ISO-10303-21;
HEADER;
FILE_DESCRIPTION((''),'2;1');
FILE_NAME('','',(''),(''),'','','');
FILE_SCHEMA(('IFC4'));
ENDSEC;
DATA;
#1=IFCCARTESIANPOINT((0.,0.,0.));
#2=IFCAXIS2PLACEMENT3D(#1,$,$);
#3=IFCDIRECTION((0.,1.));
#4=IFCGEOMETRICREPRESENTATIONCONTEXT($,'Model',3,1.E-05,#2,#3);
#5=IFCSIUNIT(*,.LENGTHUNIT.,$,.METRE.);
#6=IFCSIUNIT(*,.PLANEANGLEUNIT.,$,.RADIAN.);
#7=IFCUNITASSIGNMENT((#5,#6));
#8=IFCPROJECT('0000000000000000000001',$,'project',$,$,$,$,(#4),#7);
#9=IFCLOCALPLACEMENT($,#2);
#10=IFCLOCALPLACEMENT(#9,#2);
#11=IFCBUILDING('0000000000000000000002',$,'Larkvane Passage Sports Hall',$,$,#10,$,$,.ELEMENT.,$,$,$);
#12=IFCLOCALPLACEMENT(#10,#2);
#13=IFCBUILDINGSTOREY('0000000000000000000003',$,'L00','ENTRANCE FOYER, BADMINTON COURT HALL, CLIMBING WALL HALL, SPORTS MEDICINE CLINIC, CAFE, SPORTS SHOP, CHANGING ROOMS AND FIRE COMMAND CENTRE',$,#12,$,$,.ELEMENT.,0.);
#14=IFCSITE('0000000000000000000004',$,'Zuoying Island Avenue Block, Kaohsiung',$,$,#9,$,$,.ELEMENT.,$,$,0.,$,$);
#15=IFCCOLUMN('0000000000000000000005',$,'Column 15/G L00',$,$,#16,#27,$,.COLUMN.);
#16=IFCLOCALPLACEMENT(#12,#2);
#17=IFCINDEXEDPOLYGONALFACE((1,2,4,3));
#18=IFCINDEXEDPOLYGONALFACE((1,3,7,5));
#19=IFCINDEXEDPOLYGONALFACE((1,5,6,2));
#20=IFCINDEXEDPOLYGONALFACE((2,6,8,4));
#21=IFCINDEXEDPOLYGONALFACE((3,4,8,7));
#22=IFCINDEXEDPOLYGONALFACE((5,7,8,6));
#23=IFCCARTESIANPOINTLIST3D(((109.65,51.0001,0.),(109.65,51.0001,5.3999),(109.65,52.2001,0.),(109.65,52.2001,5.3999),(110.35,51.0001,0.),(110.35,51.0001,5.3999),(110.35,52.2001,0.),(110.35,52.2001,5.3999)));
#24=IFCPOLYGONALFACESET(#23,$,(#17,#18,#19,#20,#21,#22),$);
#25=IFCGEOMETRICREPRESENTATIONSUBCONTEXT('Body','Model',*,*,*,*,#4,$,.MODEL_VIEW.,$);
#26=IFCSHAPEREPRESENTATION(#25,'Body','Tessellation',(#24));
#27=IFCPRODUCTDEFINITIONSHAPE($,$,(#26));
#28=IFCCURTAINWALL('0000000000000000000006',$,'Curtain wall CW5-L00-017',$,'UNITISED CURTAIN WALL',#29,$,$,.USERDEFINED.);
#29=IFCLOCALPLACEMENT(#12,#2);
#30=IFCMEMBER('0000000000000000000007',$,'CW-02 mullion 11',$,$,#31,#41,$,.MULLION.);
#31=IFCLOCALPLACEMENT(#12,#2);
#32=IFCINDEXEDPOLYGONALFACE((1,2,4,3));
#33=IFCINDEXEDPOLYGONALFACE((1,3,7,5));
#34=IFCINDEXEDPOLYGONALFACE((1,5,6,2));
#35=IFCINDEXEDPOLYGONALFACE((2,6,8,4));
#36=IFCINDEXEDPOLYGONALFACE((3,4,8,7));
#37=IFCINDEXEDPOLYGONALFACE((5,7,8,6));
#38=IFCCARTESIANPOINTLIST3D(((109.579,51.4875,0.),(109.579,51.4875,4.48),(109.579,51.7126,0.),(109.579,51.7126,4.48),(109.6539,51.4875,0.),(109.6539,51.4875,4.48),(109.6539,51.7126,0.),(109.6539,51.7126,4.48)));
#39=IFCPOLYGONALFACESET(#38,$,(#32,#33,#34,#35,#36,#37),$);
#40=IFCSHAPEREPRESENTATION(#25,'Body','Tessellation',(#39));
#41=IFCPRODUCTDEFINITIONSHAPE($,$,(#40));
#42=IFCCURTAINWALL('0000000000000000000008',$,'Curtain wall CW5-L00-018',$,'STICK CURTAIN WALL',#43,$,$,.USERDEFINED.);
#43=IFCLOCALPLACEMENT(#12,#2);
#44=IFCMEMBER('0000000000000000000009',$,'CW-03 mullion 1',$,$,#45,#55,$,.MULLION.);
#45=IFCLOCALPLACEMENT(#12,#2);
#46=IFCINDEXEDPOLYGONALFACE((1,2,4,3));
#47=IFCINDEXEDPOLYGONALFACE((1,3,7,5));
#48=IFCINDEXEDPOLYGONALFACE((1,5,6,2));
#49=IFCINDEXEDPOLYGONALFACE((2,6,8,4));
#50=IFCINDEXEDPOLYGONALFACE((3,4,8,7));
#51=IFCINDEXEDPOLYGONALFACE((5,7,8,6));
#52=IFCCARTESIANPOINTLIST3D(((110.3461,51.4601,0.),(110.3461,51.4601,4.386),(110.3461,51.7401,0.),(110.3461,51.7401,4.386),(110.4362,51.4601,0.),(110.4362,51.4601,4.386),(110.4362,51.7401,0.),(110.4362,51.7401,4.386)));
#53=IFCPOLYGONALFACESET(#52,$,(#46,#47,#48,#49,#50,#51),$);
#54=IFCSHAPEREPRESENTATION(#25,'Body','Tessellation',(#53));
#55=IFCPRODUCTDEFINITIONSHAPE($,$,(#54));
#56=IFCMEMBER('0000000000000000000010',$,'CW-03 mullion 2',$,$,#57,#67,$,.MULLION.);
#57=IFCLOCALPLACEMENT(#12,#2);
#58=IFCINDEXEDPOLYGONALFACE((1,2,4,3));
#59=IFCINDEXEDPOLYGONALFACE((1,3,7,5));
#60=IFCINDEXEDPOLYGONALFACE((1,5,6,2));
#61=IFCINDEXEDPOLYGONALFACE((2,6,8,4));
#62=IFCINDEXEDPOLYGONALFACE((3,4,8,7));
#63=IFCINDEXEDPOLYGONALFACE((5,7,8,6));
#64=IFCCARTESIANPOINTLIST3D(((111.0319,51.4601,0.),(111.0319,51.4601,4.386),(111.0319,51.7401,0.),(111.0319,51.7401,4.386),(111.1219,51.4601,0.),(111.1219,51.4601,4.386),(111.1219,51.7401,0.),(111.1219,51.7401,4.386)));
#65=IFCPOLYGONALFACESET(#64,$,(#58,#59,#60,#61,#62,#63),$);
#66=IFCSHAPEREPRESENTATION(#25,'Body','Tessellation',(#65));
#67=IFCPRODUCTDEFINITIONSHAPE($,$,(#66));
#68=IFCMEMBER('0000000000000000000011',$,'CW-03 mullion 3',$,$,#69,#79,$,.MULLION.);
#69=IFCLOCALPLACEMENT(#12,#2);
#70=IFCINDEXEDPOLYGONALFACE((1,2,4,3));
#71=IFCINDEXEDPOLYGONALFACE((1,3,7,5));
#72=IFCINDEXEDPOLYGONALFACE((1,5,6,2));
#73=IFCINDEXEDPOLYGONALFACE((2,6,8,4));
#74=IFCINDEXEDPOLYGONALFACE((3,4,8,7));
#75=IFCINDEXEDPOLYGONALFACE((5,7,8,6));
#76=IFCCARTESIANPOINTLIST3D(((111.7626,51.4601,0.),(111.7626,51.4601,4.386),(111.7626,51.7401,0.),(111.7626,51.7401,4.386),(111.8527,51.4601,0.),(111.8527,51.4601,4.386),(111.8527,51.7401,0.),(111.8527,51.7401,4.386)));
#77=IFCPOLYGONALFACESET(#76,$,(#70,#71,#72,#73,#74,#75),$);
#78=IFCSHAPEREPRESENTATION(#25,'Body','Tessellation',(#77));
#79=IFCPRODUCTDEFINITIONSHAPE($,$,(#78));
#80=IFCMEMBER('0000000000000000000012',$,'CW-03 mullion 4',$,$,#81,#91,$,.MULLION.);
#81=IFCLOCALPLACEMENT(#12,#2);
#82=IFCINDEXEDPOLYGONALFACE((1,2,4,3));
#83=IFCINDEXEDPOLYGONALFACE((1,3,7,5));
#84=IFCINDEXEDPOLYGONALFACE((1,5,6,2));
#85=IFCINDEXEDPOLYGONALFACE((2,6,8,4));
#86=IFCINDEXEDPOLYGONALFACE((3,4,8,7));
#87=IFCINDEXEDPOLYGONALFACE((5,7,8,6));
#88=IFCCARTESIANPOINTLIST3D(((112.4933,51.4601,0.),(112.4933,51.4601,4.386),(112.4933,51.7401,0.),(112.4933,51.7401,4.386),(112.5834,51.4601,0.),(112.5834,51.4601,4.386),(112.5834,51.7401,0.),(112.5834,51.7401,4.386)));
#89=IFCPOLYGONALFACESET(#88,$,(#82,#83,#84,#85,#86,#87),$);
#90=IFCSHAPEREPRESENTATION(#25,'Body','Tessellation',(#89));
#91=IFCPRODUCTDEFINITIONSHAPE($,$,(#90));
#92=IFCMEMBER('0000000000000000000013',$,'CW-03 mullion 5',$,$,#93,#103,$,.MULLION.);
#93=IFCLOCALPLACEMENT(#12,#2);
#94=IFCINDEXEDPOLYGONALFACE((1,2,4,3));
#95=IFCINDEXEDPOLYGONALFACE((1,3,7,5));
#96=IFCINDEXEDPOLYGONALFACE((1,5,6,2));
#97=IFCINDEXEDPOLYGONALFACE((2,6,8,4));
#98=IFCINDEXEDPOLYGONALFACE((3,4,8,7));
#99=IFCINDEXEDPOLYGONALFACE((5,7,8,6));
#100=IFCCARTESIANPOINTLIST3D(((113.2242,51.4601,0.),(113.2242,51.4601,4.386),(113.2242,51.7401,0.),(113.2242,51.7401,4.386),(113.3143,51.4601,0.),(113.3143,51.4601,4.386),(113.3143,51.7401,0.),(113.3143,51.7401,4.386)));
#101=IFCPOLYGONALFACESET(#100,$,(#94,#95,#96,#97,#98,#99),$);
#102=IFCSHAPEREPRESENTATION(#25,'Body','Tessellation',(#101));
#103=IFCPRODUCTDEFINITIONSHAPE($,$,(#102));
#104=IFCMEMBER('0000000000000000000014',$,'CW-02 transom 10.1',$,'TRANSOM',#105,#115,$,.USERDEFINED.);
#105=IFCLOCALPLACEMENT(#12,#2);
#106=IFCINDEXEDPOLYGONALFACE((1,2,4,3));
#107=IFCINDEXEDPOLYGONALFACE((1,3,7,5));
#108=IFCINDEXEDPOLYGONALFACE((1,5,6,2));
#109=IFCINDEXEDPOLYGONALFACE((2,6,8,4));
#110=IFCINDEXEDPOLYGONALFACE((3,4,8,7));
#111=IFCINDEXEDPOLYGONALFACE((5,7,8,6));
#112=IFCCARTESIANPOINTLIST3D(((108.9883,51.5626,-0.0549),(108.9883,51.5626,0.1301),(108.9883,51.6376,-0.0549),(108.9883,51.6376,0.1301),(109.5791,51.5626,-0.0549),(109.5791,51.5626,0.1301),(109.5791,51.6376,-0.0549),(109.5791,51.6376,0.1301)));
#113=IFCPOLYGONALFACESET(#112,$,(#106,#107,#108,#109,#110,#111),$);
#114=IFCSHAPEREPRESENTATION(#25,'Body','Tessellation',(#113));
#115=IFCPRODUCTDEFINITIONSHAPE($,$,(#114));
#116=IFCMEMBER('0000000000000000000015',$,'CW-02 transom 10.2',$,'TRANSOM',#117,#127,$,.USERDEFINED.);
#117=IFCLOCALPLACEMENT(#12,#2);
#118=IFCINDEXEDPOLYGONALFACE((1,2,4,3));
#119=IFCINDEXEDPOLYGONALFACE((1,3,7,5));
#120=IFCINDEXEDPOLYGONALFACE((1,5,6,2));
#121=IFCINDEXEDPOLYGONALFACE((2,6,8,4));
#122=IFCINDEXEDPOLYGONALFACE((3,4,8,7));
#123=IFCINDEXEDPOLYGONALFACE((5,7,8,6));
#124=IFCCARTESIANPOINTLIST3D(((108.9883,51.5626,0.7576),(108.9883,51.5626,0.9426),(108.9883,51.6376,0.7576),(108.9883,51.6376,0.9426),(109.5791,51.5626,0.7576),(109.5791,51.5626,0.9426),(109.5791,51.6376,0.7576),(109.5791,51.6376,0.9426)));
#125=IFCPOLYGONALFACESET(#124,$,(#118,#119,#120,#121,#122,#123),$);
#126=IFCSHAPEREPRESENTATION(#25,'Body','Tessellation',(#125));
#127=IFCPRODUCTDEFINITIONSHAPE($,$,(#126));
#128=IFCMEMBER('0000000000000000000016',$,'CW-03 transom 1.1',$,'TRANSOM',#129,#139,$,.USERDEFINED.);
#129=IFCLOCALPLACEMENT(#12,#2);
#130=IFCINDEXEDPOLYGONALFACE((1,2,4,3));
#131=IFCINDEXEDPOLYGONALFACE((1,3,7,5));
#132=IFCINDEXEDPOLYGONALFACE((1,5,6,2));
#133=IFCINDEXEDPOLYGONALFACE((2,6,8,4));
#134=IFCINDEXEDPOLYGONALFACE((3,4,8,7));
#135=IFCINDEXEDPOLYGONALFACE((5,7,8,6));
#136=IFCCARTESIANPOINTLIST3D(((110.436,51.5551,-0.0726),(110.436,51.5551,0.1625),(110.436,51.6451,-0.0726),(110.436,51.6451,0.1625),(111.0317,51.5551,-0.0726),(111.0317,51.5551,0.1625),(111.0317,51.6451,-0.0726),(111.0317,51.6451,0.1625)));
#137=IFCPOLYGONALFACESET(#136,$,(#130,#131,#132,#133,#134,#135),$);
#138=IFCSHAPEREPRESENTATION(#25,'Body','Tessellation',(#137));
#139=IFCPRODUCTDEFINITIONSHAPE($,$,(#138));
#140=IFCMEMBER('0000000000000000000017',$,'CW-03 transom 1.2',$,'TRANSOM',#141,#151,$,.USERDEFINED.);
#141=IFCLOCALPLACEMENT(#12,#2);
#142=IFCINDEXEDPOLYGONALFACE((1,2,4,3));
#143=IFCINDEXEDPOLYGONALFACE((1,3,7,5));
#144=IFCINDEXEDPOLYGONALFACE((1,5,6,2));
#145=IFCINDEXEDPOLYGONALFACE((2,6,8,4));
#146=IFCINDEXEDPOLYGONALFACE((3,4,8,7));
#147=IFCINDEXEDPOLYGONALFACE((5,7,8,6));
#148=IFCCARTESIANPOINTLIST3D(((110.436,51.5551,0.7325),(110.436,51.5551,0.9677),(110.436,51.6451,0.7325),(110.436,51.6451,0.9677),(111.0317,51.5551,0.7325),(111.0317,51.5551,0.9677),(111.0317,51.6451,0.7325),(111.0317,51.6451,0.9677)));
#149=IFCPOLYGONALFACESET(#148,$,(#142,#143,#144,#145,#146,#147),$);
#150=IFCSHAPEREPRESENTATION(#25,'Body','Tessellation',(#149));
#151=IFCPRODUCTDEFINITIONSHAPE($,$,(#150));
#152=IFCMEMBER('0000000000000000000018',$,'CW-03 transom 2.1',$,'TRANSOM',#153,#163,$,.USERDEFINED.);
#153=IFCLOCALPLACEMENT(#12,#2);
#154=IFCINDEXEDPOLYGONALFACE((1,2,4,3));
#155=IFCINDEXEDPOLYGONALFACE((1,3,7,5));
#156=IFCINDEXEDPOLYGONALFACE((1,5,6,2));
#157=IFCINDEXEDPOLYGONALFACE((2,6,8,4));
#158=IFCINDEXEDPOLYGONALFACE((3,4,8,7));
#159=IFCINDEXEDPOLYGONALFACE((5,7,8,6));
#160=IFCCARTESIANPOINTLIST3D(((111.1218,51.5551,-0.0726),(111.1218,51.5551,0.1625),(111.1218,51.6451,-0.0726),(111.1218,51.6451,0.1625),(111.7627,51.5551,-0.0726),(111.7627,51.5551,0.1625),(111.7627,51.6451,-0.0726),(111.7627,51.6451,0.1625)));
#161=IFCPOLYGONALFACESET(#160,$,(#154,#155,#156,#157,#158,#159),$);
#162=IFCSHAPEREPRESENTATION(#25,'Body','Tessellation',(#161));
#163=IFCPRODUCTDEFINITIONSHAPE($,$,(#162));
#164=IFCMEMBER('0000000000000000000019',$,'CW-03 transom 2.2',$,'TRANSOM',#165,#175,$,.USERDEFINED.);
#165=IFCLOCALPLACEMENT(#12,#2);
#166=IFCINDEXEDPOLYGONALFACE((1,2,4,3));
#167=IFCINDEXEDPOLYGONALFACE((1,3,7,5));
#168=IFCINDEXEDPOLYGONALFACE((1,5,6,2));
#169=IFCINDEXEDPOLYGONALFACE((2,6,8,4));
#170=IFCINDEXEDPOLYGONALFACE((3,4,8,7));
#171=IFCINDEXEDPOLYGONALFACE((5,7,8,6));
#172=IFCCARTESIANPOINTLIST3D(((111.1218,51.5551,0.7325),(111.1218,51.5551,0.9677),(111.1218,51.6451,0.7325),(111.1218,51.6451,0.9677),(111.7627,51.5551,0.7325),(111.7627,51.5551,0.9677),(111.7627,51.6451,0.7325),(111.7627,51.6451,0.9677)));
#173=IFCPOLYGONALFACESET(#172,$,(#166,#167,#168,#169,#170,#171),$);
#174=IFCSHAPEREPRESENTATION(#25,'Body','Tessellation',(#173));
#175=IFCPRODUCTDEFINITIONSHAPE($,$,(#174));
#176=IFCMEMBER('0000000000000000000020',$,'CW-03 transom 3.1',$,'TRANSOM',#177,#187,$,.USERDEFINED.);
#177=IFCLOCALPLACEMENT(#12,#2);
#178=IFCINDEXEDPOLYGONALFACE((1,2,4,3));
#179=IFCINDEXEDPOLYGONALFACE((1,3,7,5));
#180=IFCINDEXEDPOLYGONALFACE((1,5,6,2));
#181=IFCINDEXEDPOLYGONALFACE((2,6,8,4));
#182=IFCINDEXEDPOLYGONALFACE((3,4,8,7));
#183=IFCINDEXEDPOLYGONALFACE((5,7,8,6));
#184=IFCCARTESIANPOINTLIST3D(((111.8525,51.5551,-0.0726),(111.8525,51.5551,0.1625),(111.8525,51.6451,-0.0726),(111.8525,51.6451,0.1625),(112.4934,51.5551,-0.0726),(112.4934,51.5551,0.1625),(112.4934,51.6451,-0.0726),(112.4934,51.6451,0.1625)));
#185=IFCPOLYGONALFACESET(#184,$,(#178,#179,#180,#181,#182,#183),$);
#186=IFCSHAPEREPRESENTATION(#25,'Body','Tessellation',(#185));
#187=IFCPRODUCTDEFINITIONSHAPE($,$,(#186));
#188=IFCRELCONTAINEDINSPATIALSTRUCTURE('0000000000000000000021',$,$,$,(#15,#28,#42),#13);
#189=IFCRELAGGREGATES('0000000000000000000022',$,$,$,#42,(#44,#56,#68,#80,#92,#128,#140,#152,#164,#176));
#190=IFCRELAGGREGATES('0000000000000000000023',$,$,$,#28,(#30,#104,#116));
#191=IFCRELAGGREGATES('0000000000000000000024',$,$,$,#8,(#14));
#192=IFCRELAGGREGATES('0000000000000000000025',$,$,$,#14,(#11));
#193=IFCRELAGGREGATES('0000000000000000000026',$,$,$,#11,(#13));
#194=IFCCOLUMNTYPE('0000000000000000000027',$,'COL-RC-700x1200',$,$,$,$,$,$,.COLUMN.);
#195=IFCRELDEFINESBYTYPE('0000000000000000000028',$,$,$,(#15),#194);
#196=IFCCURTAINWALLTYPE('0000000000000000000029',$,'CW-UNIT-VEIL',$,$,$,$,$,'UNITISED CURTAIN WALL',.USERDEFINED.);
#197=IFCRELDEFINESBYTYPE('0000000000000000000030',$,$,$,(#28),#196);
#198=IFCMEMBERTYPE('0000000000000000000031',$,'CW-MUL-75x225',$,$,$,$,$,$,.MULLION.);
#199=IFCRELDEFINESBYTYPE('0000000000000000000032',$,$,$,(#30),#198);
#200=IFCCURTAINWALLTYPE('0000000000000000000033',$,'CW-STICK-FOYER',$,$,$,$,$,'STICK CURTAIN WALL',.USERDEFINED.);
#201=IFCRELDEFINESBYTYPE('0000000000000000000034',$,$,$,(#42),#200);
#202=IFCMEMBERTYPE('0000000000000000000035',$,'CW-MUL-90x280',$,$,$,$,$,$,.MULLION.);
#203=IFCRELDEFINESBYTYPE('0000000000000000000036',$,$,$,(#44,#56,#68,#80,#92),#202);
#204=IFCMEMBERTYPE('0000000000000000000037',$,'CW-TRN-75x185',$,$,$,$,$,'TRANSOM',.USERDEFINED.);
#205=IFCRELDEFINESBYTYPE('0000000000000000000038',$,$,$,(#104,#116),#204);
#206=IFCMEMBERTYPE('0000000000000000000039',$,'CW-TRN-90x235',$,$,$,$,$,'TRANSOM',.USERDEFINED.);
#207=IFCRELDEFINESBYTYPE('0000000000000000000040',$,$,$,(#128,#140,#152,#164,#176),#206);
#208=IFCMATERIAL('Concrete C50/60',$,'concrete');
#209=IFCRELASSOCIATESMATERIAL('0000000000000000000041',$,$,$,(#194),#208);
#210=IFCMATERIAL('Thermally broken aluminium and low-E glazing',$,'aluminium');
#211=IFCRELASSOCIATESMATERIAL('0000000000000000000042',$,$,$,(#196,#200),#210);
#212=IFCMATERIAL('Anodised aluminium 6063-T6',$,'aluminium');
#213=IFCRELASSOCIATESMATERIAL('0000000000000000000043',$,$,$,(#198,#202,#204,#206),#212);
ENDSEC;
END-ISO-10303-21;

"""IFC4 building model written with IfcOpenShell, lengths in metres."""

from ifc_helpers import new_model, si_unit, direction, frame, origin, origin_2d, place, context, subcontext, project, spatial, rectangle, extrude, material, material_profile, profile_set, type_object, element, aggregate, save


model = new_model("IFC4")

# Units and contexts
model_context = context("Model", 3, precision=1e-05, world=origin(), true_north=direction((0.0, 1.0)))
body_context = subcontext(model_context, "Body", "Model", "MODEL_VIEW")
ifc_project = project(units=[si_unit("LENGTHUNIT", "METRE"), si_unit("PLANEANGLEUNIT", "RADIAN")], contexts=[model_context])

# Site, building, storey
site_placement = place(None, origin())
site = spatial("IfcSite", under=ifc_project, at=site_placement, Name="Zuoying Island Avenue Block, Kaohsiung", CompositionType="ELEMENT", RefElevation=0.0)
building_placement = place(site_placement, origin())
building = spatial("IfcBuilding", under=site, at=building_placement, Name="Larkvane Passage Sports Hall", CompositionType="ELEMENT")
storey_placement = place(building_placement, origin())
storey = spatial("IfcBuildingStorey", under=building, at=storey_placement, Name="L00", Description="ENTRANCE FOYER, BADMINTON COURT HALL, CLIMBING WALL HALL, SPORTS MEDICINE CLINIC, CAFE, SPORTS SHOP, CHANGING ROOMS AND FIRE COMMAND CENTRE", CompositionType="ELEMENT", Elevation=0.0)

# Column
ifc_material_1 = material(Name="Concrete C50/60", Category="concrete")
ifc_material_profile_1 = material_profile(ifc_material_1, rectangle(XDim=0.7, YDim=1.2, at=origin_2d()), Name="RC-COL-700x1200")
ifc_profile_set_1 = profile_set([ifc_material_profile_1], Name="Concrete C50/60")
column_type = type_object("IfcColumnType", Name="COL-RC-700x1200", PredefinedType="COLUMN", material=ifc_profile_set_1)
column_placement = place(storey_placement, frame((110.0, 51.6001, 0.0), z_axis=(0.0, 0.0, 1.0), x_axis=(1.0, 0.0, 0.0)))
element("IfcColumn", 1, at=column_placement, inside=storey, type_object=column_type, Name="Column 15/G L00", PredefinedType="COLUMN", context=body_context, shape_type="SweptSolid", body=[
    extrude(rectangle(XDim=0.7, YDim=1.2, at=origin_2d()), origin(), (0.0, 0.0, 1.0), 5.3999),
])

# Curtain wall, member
ifc_material_2 = material(Name="Thermally broken aluminium and low-E glazing", Category="aluminium")
curtain_wall_type_1 = type_object("IfcCurtainWallType", Name="CW-UNIT-VEIL", ElementType="UNITISED CURTAIN WALL", PredefinedType="USERDEFINED", material=ifc_material_2)
curtain_wall_1_placement = place(storey_placement, origin())
curtain_wall_1 = element("IfcCurtainWall", 2, at=curtain_wall_1_placement, inside=storey, type_object=curtain_wall_type_1, Name="Curtain wall CW5-L00-017", ObjectType="UNITISED CURTAIN WALL", PredefinedType="USERDEFINED")
ifc_material_3 = material(Name="Anodised aluminium 6063-T6", Category="aluminium")
ifc_material_profile_2 = material_profile(ifc_material_3, rectangle(XDim=0.075, YDim=0.2251, at=origin_2d()), Name="ALU-MUL-75x225")
ifc_profile_set_2 = profile_set([ifc_material_profile_2], Name="Anodised aluminium 6063-T6")
member_type_1 = type_object("IfcMemberType", Name="CW-MUL-75x225", PredefinedType="MULLION", material=ifc_profile_set_2)
member_1_placement = place(storey_placement, frame((109.6165, 51.6001, 0.0), z_axis=(0.0, 0.0, 1.0), x_axis=(1.0, 0.0, 0.0)))
member_1 = element("IfcMember", 3, at=member_1_placement, type_object=member_type_1, Name="CW-02 mullion 11", PredefinedType="MULLION", context=body_context, shape_type="SweptSolid", body=[
    extrude(rectangle(XDim=0.075, YDim=0.2251, at=origin_2d()), origin(), (0.0, 0.0, 1.0), 4.48),
])

# Curtain wall, members
curtain_wall_type_2 = type_object("IfcCurtainWallType", Name="CW-STICK-FOYER", ElementType="STICK CURTAIN WALL", PredefinedType="USERDEFINED", material=ifc_material_2)
curtain_wall_2_placement = place(storey_placement, origin())
curtain_wall_2 = element("IfcCurtainWall", 4, at=curtain_wall_2_placement, inside=storey, type_object=curtain_wall_type_2, Name="Curtain wall CW5-L00-018", ObjectType="STICK CURTAIN WALL", PredefinedType="USERDEFINED")
ifc_material_profile_3 = material_profile(ifc_material_3, rectangle(XDim=0.0901, YDim=0.28, at=origin_2d()), Name="ALU-MUL-90x280")
ifc_profile_set_3 = profile_set([ifc_material_profile_3], Name="Anodised aluminium 6063-T6")
member_type_2 = type_object("IfcMemberType", Name="CW-MUL-90x280", PredefinedType="MULLION", material=ifc_profile_set_3)
member_2_placement = place(storey_placement, frame((110.3911, 51.6001, 0.0), z_axis=(0.0, 0.0, 1.0), x_axis=(1.0, 0.0, 0.0)))
member_2 = element("IfcMember", 5, at=member_2_placement, type_object=member_type_2, Name="CW-03 mullion 1", PredefinedType="MULLION", context=body_context, shape_type="SweptSolid", body=[
    extrude(rectangle(XDim=0.0901, YDim=0.28, at=origin_2d()), origin(), (0.0, 0.0, 1.0), 4.386),
])
member_3_placement = place(storey_placement, frame((111.0769, 51.6001, 0.0), z_axis=(0.0, 0.0, 1.0), x_axis=(1.0, 0.0, 0.0)))
member_3 = element("IfcMember", 6, at=member_3_placement, type_object=member_type_2, Name="CW-03 mullion 2", PredefinedType="MULLION", context=body_context, shape_type="SweptSolid", body=[
    extrude(rectangle(XDim=0.0901, YDim=0.28, at=origin_2d()), origin(), (0.0, 0.0, 1.0), 4.386),
])
member_4_placement = place(storey_placement, frame((111.8076, 51.6001, 0.0), z_axis=(0.0, 0.0, 1.0), x_axis=(1.0, 0.0, 0.0)))
member_4 = element("IfcMember", 7, at=member_4_placement, type_object=member_type_2, Name="CW-03 mullion 3", PredefinedType="MULLION", context=body_context, shape_type="SweptSolid", body=[
    extrude(rectangle(XDim=0.0901, YDim=0.28, at=origin_2d()), origin(), (0.0, 0.0, 1.0), 4.386),
])
member_5_placement = place(storey_placement, frame((112.5383, 51.6001, 0.0), z_axis=(0.0, 0.0, 1.0), x_axis=(1.0, 0.0, 0.0)))
member_5 = element("IfcMember", 8, at=member_5_placement, type_object=member_type_2, Name="CW-03 mullion 4", PredefinedType="MULLION", context=body_context, shape_type="SweptSolid", body=[
    extrude(rectangle(XDim=0.0901, YDim=0.28, at=origin_2d()), origin(), (0.0, 0.0, 1.0), 4.386),
])
member_6_placement = place(storey_placement, frame((113.2693, 51.6001, 0.0), z_axis=(0.0, 0.0, 1.0), x_axis=(1.0, 0.0, 0.0)))
member_6 = element("IfcMember", 9, at=member_6_placement, type_object=member_type_2, Name="CW-03 mullion 5", PredefinedType="MULLION", context=body_context, shape_type="SweptSolid", body=[
    extrude(rectangle(XDim=0.0901, YDim=0.28, at=origin_2d()), origin(), (0.0, 0.0, 1.0), 4.386),
])

# Members
ifc_material_profile_4 = material_profile(ifc_material_3, rectangle(XDim=0.075, YDim=0.1851, at=origin_2d()), Name="ALU-TRN-75x185")
ifc_profile_set_4 = profile_set([ifc_material_profile_4], Name="Anodised aluminium 6063-T6")
member_type_3 = type_object("IfcMemberType", Name="CW-TRN-75x185", ElementType="TRANSOM", PredefinedType="USERDEFINED", material=ifc_profile_set_4)
member_7_placement = place(storey_placement, frame((108.9883, 51.6001, 0.0376), z_axis=(1.0, 0.0, 0.0), x_axis=(0.0, 1.0, 0.0)))
member_7 = element("IfcMember", 10, at=member_7_placement, type_object=member_type_3, Name="CW-02 transom 10.1", ObjectType="TRANSOM", PredefinedType="USERDEFINED", context=body_context, shape_type="SweptSolid", body=[
    extrude(rectangle(XDim=0.075, YDim=0.1851, at=origin_2d()), origin(), (0.0, 0.0, 1.0), 0.5908),
])
member_8_placement = place(storey_placement, frame((108.9883, 51.6001, 0.8501), z_axis=(1.0, 0.0, 0.0), x_axis=(0.0, 1.0, 0.0)))
member_8 = element("IfcMember", 11, at=member_8_placement, type_object=member_type_3, Name="CW-02 transom 10.2", ObjectType="TRANSOM", PredefinedType="USERDEFINED", context=body_context, shape_type="SweptSolid", body=[
    extrude(rectangle(XDim=0.075, YDim=0.1851, at=origin_2d()), origin(), (0.0, 0.0, 1.0), 0.5908),
])
ifc_material_profile_5 = material_profile(ifc_material_3, rectangle(XDim=0.0901, YDim=0.2351, at=origin_2d()), Name="ALU-TRN-90x235")
ifc_profile_set_5 = profile_set([ifc_material_profile_5], Name="Anodised aluminium 6063-T6")
member_type_4 = type_object("IfcMemberType", Name="CW-TRN-90x235", ElementType="TRANSOM", PredefinedType="USERDEFINED", material=ifc_profile_set_5)
member_9_placement = place(storey_placement, frame((110.436, 51.6001, 0.0449), z_axis=(1.0, 0.0, 0.0), x_axis=(0.0, 1.0, 0.0)))
member_9 = element("IfcMember", 12, at=member_9_placement, type_object=member_type_4, Name="CW-03 transom 1.1", ObjectType="TRANSOM", PredefinedType="USERDEFINED", context=body_context, shape_type="SweptSolid", body=[
    extrude(rectangle(XDim=0.0901, YDim=0.2351, at=origin_2d()), origin(), (0.0, 0.0, 1.0), 0.5957),
])
member_10_placement = place(storey_placement, frame((110.436, 51.6001, 0.8501), z_axis=(1.0, 0.0, 0.0), x_axis=(0.0, 1.0, 0.0)))
member_10 = element("IfcMember", 13, at=member_10_placement, type_object=member_type_4, Name="CW-03 transom 1.2", ObjectType="TRANSOM", PredefinedType="USERDEFINED", context=body_context, shape_type="SweptSolid", body=[
    extrude(rectangle(XDim=0.0901, YDim=0.2351, at=origin_2d()), origin(), (0.0, 0.0, 1.0), 0.5957),
])
member_11_placement = place(storey_placement, frame((111.1218, 51.6001, 0.0449), z_axis=(1.0, 0.0, 0.0), x_axis=(0.0, 1.0, 0.0)))
member_11 = element("IfcMember", 14, at=member_11_placement, type_object=member_type_4, Name="CW-03 transom 2.1", ObjectType="TRANSOM", PredefinedType="USERDEFINED", context=body_context, shape_type="SweptSolid", body=[
    extrude(rectangle(XDim=0.0901, YDim=0.2351, at=origin_2d()), origin(), (0.0, 0.0, 1.0), 0.6409),
])
member_12_placement = place(storey_placement, frame((111.1218, 51.6001, 0.8501), z_axis=(1.0, 0.0, 0.0), x_axis=(0.0, 1.0, 0.0)))
member_12 = element("IfcMember", 15, at=member_12_placement, type_object=member_type_4, Name="CW-03 transom 2.2", ObjectType="TRANSOM", PredefinedType="USERDEFINED", context=body_context, shape_type="SweptSolid", body=[
    extrude(rectangle(XDim=0.0901, YDim=0.2351, at=origin_2d()), origin(), (0.0, 0.0, 1.0), 0.6409),
])
member_13_placement = place(storey_placement, frame((111.8525, 51.6001, 0.0449), z_axis=(1.0, 0.0, 0.0), x_axis=(0.0, 1.0, 0.0)))
member_13 = element("IfcMember", 16, at=member_13_placement, type_object=member_type_4, Name="CW-03 transom 3.1", ObjectType="TRANSOM", PredefinedType="USERDEFINED", context=body_context, shape_type="SweptSolid", body=[
    extrude(rectangle(XDim=0.0901, YDim=0.2351, at=origin_2d()), origin(), (0.0, 0.0, 1.0), 0.6409),
])

aggregate(curtain_wall_2, [member_2, member_3, member_4, member_5, member_6, member_9, member_10, member_11, member_12, member_13])
aggregate(curtain_wall_1, [member_1, member_7, member_8])

save(model, "model.ifc")
